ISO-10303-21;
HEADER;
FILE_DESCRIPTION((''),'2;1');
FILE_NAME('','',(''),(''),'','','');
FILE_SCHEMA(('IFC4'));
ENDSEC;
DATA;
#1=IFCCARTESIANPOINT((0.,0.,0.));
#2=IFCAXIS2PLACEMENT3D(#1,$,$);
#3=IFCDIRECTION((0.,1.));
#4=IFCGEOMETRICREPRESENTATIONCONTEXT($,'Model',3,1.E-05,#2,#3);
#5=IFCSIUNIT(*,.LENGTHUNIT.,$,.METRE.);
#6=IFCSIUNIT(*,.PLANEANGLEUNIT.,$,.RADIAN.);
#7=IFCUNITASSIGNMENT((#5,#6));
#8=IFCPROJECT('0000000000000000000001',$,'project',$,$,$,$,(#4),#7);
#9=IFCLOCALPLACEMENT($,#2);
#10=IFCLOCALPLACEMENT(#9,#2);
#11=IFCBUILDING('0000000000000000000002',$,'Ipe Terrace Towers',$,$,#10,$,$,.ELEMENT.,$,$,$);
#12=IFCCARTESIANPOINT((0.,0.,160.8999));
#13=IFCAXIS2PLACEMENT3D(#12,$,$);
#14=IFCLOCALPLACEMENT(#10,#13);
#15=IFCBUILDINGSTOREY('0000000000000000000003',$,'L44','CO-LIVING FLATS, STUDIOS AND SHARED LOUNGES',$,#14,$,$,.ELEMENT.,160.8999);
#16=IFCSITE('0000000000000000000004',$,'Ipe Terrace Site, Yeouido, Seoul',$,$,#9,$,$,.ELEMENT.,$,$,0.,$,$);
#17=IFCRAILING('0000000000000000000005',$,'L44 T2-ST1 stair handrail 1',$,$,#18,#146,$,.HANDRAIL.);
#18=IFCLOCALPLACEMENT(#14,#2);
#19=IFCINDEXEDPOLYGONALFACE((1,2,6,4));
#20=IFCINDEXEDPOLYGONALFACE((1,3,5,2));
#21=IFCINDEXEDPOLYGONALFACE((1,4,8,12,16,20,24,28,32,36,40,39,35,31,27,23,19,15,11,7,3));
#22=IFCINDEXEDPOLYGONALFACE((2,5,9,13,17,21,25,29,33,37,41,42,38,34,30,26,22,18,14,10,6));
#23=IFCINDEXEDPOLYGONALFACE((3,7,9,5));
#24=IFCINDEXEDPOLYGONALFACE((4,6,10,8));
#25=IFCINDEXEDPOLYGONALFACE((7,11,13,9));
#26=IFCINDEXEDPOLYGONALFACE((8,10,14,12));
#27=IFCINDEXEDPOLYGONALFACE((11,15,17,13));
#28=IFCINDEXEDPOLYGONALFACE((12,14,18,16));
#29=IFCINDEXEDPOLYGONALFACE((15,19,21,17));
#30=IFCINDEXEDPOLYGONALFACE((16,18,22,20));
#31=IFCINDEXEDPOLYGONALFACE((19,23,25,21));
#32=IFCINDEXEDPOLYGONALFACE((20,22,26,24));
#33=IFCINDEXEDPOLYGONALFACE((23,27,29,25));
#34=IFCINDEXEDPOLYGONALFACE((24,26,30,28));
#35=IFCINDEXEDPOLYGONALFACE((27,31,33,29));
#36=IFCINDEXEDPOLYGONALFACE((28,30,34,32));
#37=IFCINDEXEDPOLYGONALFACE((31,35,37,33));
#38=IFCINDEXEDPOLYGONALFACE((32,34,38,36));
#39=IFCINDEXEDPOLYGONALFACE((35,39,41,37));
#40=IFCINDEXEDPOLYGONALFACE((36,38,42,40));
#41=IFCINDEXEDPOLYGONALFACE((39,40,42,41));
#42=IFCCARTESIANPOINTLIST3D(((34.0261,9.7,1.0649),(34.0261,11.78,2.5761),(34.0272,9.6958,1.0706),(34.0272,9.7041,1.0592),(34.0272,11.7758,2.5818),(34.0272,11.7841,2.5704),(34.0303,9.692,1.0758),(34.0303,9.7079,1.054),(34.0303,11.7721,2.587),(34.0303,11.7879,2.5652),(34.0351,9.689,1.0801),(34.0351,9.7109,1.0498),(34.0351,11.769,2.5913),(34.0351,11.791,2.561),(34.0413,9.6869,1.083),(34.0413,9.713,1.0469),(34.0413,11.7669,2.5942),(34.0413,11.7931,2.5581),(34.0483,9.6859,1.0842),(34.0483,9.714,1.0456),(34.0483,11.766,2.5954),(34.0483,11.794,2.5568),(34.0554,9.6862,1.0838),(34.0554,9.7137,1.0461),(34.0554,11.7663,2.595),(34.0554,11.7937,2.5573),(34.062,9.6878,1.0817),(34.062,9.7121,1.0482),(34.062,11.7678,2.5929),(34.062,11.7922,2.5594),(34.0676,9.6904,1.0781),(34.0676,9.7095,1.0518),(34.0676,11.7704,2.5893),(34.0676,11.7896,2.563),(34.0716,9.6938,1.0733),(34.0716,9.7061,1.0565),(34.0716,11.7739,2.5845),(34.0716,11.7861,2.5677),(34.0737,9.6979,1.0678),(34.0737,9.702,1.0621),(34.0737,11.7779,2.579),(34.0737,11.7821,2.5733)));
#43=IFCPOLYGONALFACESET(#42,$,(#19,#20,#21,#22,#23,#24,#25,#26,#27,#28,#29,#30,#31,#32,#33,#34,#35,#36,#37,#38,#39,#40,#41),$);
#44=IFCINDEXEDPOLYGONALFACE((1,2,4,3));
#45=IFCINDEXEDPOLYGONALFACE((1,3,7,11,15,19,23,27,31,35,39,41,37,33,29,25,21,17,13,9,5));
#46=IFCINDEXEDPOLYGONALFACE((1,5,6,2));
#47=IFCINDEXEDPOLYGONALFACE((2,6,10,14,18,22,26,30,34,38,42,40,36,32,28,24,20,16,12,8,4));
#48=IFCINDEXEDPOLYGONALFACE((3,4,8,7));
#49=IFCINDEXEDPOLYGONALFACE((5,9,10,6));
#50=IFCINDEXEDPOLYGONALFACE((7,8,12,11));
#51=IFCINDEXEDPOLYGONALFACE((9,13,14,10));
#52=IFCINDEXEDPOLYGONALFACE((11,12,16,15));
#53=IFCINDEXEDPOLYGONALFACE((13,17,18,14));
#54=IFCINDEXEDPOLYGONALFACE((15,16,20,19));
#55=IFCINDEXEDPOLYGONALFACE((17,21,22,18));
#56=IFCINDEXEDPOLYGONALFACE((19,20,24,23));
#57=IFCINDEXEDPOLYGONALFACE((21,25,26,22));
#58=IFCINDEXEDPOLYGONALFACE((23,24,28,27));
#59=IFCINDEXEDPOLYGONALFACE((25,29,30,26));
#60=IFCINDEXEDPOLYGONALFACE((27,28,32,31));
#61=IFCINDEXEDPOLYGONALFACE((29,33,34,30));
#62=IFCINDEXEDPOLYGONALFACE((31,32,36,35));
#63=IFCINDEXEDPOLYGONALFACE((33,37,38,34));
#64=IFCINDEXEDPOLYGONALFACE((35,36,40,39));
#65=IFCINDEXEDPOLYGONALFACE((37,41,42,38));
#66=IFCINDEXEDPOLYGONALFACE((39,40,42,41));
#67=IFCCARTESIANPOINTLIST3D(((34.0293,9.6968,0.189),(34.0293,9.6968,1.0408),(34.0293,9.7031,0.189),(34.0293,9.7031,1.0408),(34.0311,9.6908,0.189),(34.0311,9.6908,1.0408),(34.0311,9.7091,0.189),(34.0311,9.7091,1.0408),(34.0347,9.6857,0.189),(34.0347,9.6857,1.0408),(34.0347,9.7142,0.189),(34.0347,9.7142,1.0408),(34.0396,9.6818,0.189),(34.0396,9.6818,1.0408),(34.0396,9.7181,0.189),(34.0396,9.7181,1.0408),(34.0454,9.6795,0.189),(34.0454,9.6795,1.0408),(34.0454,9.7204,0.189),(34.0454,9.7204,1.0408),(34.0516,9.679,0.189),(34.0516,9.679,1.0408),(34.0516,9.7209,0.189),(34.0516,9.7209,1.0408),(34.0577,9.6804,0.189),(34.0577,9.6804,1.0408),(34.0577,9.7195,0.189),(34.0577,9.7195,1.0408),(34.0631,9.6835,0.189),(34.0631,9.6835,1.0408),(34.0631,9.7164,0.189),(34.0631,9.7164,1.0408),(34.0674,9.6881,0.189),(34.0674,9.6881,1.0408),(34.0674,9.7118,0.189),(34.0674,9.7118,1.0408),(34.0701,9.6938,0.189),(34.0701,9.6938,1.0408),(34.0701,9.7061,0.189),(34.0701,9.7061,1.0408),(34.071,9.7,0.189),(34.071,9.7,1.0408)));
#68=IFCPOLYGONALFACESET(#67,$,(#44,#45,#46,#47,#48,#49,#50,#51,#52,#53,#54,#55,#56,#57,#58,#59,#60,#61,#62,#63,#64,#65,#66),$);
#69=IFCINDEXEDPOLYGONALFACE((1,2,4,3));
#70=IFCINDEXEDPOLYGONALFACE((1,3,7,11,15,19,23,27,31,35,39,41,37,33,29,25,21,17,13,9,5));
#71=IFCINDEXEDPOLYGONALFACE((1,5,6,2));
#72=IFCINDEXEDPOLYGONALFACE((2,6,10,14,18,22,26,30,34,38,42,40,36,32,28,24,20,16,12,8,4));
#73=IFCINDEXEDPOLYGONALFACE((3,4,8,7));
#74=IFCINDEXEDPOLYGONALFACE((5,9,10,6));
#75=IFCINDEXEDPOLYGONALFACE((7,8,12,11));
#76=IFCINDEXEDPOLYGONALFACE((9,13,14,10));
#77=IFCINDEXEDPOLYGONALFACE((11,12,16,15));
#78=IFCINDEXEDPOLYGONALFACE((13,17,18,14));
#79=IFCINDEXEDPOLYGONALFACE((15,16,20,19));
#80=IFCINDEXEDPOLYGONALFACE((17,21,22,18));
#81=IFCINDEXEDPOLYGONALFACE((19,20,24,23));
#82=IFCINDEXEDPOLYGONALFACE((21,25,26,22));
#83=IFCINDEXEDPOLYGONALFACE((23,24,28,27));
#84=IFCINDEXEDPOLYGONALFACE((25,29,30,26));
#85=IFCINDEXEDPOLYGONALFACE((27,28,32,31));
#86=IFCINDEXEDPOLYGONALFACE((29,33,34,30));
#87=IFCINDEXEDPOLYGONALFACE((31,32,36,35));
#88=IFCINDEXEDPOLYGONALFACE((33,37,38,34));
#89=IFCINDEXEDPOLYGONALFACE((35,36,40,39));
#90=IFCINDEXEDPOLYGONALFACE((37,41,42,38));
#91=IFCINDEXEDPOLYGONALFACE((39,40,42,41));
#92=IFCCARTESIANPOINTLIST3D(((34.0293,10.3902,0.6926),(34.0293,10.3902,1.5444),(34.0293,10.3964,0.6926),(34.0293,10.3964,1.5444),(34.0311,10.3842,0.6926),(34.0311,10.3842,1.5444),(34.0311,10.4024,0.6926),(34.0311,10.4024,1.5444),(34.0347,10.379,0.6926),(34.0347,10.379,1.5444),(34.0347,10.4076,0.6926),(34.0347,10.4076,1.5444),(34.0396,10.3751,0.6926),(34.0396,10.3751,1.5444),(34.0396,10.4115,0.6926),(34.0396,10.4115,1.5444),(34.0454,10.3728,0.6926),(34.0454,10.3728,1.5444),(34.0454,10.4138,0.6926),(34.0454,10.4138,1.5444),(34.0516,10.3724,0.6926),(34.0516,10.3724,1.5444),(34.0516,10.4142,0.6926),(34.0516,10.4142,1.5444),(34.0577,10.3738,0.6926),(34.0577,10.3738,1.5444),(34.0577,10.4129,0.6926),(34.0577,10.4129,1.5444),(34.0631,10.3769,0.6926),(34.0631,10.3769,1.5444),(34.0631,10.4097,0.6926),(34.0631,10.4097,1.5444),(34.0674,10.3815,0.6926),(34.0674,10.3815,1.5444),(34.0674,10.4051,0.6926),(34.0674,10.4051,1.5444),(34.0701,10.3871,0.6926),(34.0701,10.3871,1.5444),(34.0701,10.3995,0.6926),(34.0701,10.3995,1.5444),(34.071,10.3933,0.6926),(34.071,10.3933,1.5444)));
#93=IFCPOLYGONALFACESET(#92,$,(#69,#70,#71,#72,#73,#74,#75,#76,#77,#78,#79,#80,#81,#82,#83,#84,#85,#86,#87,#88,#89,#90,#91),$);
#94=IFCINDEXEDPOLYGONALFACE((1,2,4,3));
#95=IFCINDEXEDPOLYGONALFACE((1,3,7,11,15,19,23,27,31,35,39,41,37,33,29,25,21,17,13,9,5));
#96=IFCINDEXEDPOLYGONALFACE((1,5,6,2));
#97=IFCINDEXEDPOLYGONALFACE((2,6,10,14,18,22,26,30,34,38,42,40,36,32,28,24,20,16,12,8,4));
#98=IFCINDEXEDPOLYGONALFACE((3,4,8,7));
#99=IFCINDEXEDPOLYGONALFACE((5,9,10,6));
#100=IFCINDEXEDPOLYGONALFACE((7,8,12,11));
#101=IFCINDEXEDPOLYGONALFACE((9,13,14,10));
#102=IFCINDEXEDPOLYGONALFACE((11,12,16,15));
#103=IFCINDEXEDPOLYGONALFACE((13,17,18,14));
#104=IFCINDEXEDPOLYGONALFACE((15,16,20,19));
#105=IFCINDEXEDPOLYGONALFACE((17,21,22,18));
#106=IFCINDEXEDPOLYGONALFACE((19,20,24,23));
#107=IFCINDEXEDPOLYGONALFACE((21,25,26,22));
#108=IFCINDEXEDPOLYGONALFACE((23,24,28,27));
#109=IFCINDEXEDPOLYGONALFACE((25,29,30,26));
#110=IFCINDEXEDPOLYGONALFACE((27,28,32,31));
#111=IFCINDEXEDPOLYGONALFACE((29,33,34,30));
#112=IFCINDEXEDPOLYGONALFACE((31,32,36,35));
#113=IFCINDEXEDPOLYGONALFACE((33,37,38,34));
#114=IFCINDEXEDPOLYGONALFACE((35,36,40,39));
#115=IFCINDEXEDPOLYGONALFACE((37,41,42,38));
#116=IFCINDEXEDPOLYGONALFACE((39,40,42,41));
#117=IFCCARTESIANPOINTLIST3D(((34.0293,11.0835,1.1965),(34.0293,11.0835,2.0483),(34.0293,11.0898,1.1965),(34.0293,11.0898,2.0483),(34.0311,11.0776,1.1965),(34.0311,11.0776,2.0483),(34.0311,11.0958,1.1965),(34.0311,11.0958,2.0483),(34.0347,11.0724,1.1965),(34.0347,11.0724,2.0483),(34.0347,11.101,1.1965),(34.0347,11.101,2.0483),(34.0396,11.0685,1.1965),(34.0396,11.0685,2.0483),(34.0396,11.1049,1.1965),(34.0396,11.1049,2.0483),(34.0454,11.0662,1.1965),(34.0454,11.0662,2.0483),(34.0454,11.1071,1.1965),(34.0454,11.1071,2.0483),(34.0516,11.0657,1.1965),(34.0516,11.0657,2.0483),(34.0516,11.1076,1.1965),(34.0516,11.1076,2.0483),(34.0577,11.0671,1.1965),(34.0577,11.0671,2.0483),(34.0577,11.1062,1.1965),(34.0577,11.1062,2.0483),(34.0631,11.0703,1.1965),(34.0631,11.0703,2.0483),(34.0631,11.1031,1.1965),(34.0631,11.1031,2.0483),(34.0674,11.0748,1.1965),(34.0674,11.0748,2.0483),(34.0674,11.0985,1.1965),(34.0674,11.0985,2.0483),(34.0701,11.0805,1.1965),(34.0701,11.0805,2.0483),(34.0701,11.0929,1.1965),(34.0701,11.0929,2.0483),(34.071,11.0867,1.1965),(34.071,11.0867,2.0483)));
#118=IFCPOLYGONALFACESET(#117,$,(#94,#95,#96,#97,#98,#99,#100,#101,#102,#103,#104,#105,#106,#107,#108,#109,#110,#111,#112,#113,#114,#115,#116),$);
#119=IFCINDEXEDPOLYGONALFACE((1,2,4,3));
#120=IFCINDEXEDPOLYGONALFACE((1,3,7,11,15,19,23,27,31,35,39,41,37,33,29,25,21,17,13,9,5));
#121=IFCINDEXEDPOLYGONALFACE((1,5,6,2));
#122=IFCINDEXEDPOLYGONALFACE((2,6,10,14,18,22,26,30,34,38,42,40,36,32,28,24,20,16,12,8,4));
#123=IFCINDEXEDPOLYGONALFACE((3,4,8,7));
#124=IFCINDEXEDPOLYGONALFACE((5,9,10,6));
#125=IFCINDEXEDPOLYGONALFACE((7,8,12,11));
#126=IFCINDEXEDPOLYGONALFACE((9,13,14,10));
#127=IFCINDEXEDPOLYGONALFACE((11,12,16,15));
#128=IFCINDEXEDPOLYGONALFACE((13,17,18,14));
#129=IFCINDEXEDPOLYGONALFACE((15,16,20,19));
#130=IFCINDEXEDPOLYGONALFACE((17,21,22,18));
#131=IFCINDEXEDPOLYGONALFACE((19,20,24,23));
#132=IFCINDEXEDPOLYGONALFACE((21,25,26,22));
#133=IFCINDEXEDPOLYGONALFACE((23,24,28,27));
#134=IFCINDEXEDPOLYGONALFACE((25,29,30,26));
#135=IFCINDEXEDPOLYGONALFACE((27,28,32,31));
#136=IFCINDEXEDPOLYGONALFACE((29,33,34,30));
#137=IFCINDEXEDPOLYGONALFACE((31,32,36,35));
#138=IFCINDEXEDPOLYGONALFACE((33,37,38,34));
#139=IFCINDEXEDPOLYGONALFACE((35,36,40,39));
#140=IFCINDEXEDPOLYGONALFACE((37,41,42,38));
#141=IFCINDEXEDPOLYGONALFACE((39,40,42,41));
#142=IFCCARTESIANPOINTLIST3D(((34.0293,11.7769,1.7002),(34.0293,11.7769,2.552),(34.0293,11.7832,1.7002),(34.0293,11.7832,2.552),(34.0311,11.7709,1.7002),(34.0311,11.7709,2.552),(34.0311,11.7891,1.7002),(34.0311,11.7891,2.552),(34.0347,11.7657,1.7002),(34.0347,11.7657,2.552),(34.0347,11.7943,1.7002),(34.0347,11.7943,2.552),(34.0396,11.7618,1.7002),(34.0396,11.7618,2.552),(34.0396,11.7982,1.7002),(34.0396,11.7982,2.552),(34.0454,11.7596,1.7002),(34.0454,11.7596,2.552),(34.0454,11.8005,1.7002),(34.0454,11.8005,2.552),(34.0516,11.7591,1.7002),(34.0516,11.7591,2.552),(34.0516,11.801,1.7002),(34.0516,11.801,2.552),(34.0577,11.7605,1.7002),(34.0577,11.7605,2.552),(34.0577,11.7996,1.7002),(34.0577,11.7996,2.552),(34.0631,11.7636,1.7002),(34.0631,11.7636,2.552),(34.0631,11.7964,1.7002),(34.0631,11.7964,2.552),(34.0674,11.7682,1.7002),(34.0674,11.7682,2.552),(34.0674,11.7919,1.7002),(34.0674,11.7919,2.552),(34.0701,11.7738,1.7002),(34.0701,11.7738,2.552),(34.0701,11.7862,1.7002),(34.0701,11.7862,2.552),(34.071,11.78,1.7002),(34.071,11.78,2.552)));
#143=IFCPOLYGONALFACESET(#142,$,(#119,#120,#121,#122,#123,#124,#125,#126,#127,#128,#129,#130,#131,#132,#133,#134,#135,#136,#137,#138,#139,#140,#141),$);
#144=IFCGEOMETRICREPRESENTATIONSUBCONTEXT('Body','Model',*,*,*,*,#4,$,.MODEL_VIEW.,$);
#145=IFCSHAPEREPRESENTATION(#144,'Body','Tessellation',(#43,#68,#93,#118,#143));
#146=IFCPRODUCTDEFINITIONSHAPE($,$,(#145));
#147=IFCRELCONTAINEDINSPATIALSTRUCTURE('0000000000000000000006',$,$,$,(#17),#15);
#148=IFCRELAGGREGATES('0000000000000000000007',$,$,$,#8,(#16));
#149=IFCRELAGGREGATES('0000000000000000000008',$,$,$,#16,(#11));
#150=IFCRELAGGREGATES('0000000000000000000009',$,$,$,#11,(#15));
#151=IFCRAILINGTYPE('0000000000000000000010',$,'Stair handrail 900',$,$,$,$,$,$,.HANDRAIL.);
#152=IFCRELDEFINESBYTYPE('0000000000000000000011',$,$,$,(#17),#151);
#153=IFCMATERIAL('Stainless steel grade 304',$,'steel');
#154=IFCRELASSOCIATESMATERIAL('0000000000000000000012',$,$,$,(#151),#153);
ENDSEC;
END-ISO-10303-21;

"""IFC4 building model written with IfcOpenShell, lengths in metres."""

from ifc_helpers import new_model, si_unit, direction, frame, origin, origin_2d, place, context, subcontext, project, spatial, circle, extrude, material, type_object, element, save


model = new_model("IFC4")

# Units and contexts
model_context = context("Model", 3, precision=1e-05, world=origin(), true_north=direction((0.0, 1.0)))
body_context = subcontext(model_context, "Body", "Model", "MODEL_VIEW")
ifc_project = project(units=[si_unit("LENGTHUNIT", "METRE"), si_unit("PLANEANGLEUNIT", "RADIAN")], contexts=[model_context])

# Site, building, storey
site_placement = place(None, origin())
site = spatial("IfcSite", under=ifc_project, at=site_placement, Name="Ipe Terrace Site, Yeouido, Seoul", CompositionType="ELEMENT", RefElevation=0.0)
building_placement = place(site_placement, origin())
building = spatial("IfcBuilding", under=site, at=building_placement, Name="Ipe Terrace Towers", CompositionType="ELEMENT")
storey_placement = place(building_placement, frame((0.0, 0.0, 160.8999)))
storey = spatial("IfcBuildingStorey", under=building, at=storey_placement, Name="L44", Description="CO-LIVING FLATS, STUDIOS AND SHARED LOUNGES", CompositionType="ELEMENT", Elevation=160.8999)

# Railing
ifc_material_1 = material(Name="Stainless steel grade 304", Category="steel")
railing_type_1 = type_object("IfcRailingType", Name="Stair handrail 900", PredefinedType="HANDRAIL", material=ifc_material_1)
railing_1_placement = place(storey_placement, frame((34.05, 9.7, 0.189)))
element("IfcRailing", 1, at=railing_1_placement, inside=storey, type_object=railing_type_1, Name="L44 T2-ST1 stair handrail 1", PredefinedType="HANDRAIL", context=body_context, shape_type="SweptSolid", body=[
    extrude(circle(Radius=0.0239, at=origin_2d()), frame((0.0, 0.0, 0.876), z_axis=(0.0, 0.809023, 0.587776), x_axis=(-1.0, 0.0, 0.0)), (0.0, 0.0, 1.0), 2.571),
    extrude(circle(Radius=0.021, at=origin_2d()), origin(), (0.0, 0.0, 1.0), 0.8518),
    extrude(circle(Radius=0.021, at=origin_2d()), frame((0.0, 0.6934, 0.5037)), (0.0, 0.0, 1.0), 0.8518),
    extrude(circle(Radius=0.021, at=origin_2d()), frame((0.0, 1.3867, 1.0076)), (0.0, 0.0, 1.0), 0.8518),
    extrude(circle(Radius=0.021, at=origin_2d()), frame((0.0, 2.0801, 1.5112)), (0.0, 0.0, 1.0), 0.8518),
])

save(model, "model.ifc")
